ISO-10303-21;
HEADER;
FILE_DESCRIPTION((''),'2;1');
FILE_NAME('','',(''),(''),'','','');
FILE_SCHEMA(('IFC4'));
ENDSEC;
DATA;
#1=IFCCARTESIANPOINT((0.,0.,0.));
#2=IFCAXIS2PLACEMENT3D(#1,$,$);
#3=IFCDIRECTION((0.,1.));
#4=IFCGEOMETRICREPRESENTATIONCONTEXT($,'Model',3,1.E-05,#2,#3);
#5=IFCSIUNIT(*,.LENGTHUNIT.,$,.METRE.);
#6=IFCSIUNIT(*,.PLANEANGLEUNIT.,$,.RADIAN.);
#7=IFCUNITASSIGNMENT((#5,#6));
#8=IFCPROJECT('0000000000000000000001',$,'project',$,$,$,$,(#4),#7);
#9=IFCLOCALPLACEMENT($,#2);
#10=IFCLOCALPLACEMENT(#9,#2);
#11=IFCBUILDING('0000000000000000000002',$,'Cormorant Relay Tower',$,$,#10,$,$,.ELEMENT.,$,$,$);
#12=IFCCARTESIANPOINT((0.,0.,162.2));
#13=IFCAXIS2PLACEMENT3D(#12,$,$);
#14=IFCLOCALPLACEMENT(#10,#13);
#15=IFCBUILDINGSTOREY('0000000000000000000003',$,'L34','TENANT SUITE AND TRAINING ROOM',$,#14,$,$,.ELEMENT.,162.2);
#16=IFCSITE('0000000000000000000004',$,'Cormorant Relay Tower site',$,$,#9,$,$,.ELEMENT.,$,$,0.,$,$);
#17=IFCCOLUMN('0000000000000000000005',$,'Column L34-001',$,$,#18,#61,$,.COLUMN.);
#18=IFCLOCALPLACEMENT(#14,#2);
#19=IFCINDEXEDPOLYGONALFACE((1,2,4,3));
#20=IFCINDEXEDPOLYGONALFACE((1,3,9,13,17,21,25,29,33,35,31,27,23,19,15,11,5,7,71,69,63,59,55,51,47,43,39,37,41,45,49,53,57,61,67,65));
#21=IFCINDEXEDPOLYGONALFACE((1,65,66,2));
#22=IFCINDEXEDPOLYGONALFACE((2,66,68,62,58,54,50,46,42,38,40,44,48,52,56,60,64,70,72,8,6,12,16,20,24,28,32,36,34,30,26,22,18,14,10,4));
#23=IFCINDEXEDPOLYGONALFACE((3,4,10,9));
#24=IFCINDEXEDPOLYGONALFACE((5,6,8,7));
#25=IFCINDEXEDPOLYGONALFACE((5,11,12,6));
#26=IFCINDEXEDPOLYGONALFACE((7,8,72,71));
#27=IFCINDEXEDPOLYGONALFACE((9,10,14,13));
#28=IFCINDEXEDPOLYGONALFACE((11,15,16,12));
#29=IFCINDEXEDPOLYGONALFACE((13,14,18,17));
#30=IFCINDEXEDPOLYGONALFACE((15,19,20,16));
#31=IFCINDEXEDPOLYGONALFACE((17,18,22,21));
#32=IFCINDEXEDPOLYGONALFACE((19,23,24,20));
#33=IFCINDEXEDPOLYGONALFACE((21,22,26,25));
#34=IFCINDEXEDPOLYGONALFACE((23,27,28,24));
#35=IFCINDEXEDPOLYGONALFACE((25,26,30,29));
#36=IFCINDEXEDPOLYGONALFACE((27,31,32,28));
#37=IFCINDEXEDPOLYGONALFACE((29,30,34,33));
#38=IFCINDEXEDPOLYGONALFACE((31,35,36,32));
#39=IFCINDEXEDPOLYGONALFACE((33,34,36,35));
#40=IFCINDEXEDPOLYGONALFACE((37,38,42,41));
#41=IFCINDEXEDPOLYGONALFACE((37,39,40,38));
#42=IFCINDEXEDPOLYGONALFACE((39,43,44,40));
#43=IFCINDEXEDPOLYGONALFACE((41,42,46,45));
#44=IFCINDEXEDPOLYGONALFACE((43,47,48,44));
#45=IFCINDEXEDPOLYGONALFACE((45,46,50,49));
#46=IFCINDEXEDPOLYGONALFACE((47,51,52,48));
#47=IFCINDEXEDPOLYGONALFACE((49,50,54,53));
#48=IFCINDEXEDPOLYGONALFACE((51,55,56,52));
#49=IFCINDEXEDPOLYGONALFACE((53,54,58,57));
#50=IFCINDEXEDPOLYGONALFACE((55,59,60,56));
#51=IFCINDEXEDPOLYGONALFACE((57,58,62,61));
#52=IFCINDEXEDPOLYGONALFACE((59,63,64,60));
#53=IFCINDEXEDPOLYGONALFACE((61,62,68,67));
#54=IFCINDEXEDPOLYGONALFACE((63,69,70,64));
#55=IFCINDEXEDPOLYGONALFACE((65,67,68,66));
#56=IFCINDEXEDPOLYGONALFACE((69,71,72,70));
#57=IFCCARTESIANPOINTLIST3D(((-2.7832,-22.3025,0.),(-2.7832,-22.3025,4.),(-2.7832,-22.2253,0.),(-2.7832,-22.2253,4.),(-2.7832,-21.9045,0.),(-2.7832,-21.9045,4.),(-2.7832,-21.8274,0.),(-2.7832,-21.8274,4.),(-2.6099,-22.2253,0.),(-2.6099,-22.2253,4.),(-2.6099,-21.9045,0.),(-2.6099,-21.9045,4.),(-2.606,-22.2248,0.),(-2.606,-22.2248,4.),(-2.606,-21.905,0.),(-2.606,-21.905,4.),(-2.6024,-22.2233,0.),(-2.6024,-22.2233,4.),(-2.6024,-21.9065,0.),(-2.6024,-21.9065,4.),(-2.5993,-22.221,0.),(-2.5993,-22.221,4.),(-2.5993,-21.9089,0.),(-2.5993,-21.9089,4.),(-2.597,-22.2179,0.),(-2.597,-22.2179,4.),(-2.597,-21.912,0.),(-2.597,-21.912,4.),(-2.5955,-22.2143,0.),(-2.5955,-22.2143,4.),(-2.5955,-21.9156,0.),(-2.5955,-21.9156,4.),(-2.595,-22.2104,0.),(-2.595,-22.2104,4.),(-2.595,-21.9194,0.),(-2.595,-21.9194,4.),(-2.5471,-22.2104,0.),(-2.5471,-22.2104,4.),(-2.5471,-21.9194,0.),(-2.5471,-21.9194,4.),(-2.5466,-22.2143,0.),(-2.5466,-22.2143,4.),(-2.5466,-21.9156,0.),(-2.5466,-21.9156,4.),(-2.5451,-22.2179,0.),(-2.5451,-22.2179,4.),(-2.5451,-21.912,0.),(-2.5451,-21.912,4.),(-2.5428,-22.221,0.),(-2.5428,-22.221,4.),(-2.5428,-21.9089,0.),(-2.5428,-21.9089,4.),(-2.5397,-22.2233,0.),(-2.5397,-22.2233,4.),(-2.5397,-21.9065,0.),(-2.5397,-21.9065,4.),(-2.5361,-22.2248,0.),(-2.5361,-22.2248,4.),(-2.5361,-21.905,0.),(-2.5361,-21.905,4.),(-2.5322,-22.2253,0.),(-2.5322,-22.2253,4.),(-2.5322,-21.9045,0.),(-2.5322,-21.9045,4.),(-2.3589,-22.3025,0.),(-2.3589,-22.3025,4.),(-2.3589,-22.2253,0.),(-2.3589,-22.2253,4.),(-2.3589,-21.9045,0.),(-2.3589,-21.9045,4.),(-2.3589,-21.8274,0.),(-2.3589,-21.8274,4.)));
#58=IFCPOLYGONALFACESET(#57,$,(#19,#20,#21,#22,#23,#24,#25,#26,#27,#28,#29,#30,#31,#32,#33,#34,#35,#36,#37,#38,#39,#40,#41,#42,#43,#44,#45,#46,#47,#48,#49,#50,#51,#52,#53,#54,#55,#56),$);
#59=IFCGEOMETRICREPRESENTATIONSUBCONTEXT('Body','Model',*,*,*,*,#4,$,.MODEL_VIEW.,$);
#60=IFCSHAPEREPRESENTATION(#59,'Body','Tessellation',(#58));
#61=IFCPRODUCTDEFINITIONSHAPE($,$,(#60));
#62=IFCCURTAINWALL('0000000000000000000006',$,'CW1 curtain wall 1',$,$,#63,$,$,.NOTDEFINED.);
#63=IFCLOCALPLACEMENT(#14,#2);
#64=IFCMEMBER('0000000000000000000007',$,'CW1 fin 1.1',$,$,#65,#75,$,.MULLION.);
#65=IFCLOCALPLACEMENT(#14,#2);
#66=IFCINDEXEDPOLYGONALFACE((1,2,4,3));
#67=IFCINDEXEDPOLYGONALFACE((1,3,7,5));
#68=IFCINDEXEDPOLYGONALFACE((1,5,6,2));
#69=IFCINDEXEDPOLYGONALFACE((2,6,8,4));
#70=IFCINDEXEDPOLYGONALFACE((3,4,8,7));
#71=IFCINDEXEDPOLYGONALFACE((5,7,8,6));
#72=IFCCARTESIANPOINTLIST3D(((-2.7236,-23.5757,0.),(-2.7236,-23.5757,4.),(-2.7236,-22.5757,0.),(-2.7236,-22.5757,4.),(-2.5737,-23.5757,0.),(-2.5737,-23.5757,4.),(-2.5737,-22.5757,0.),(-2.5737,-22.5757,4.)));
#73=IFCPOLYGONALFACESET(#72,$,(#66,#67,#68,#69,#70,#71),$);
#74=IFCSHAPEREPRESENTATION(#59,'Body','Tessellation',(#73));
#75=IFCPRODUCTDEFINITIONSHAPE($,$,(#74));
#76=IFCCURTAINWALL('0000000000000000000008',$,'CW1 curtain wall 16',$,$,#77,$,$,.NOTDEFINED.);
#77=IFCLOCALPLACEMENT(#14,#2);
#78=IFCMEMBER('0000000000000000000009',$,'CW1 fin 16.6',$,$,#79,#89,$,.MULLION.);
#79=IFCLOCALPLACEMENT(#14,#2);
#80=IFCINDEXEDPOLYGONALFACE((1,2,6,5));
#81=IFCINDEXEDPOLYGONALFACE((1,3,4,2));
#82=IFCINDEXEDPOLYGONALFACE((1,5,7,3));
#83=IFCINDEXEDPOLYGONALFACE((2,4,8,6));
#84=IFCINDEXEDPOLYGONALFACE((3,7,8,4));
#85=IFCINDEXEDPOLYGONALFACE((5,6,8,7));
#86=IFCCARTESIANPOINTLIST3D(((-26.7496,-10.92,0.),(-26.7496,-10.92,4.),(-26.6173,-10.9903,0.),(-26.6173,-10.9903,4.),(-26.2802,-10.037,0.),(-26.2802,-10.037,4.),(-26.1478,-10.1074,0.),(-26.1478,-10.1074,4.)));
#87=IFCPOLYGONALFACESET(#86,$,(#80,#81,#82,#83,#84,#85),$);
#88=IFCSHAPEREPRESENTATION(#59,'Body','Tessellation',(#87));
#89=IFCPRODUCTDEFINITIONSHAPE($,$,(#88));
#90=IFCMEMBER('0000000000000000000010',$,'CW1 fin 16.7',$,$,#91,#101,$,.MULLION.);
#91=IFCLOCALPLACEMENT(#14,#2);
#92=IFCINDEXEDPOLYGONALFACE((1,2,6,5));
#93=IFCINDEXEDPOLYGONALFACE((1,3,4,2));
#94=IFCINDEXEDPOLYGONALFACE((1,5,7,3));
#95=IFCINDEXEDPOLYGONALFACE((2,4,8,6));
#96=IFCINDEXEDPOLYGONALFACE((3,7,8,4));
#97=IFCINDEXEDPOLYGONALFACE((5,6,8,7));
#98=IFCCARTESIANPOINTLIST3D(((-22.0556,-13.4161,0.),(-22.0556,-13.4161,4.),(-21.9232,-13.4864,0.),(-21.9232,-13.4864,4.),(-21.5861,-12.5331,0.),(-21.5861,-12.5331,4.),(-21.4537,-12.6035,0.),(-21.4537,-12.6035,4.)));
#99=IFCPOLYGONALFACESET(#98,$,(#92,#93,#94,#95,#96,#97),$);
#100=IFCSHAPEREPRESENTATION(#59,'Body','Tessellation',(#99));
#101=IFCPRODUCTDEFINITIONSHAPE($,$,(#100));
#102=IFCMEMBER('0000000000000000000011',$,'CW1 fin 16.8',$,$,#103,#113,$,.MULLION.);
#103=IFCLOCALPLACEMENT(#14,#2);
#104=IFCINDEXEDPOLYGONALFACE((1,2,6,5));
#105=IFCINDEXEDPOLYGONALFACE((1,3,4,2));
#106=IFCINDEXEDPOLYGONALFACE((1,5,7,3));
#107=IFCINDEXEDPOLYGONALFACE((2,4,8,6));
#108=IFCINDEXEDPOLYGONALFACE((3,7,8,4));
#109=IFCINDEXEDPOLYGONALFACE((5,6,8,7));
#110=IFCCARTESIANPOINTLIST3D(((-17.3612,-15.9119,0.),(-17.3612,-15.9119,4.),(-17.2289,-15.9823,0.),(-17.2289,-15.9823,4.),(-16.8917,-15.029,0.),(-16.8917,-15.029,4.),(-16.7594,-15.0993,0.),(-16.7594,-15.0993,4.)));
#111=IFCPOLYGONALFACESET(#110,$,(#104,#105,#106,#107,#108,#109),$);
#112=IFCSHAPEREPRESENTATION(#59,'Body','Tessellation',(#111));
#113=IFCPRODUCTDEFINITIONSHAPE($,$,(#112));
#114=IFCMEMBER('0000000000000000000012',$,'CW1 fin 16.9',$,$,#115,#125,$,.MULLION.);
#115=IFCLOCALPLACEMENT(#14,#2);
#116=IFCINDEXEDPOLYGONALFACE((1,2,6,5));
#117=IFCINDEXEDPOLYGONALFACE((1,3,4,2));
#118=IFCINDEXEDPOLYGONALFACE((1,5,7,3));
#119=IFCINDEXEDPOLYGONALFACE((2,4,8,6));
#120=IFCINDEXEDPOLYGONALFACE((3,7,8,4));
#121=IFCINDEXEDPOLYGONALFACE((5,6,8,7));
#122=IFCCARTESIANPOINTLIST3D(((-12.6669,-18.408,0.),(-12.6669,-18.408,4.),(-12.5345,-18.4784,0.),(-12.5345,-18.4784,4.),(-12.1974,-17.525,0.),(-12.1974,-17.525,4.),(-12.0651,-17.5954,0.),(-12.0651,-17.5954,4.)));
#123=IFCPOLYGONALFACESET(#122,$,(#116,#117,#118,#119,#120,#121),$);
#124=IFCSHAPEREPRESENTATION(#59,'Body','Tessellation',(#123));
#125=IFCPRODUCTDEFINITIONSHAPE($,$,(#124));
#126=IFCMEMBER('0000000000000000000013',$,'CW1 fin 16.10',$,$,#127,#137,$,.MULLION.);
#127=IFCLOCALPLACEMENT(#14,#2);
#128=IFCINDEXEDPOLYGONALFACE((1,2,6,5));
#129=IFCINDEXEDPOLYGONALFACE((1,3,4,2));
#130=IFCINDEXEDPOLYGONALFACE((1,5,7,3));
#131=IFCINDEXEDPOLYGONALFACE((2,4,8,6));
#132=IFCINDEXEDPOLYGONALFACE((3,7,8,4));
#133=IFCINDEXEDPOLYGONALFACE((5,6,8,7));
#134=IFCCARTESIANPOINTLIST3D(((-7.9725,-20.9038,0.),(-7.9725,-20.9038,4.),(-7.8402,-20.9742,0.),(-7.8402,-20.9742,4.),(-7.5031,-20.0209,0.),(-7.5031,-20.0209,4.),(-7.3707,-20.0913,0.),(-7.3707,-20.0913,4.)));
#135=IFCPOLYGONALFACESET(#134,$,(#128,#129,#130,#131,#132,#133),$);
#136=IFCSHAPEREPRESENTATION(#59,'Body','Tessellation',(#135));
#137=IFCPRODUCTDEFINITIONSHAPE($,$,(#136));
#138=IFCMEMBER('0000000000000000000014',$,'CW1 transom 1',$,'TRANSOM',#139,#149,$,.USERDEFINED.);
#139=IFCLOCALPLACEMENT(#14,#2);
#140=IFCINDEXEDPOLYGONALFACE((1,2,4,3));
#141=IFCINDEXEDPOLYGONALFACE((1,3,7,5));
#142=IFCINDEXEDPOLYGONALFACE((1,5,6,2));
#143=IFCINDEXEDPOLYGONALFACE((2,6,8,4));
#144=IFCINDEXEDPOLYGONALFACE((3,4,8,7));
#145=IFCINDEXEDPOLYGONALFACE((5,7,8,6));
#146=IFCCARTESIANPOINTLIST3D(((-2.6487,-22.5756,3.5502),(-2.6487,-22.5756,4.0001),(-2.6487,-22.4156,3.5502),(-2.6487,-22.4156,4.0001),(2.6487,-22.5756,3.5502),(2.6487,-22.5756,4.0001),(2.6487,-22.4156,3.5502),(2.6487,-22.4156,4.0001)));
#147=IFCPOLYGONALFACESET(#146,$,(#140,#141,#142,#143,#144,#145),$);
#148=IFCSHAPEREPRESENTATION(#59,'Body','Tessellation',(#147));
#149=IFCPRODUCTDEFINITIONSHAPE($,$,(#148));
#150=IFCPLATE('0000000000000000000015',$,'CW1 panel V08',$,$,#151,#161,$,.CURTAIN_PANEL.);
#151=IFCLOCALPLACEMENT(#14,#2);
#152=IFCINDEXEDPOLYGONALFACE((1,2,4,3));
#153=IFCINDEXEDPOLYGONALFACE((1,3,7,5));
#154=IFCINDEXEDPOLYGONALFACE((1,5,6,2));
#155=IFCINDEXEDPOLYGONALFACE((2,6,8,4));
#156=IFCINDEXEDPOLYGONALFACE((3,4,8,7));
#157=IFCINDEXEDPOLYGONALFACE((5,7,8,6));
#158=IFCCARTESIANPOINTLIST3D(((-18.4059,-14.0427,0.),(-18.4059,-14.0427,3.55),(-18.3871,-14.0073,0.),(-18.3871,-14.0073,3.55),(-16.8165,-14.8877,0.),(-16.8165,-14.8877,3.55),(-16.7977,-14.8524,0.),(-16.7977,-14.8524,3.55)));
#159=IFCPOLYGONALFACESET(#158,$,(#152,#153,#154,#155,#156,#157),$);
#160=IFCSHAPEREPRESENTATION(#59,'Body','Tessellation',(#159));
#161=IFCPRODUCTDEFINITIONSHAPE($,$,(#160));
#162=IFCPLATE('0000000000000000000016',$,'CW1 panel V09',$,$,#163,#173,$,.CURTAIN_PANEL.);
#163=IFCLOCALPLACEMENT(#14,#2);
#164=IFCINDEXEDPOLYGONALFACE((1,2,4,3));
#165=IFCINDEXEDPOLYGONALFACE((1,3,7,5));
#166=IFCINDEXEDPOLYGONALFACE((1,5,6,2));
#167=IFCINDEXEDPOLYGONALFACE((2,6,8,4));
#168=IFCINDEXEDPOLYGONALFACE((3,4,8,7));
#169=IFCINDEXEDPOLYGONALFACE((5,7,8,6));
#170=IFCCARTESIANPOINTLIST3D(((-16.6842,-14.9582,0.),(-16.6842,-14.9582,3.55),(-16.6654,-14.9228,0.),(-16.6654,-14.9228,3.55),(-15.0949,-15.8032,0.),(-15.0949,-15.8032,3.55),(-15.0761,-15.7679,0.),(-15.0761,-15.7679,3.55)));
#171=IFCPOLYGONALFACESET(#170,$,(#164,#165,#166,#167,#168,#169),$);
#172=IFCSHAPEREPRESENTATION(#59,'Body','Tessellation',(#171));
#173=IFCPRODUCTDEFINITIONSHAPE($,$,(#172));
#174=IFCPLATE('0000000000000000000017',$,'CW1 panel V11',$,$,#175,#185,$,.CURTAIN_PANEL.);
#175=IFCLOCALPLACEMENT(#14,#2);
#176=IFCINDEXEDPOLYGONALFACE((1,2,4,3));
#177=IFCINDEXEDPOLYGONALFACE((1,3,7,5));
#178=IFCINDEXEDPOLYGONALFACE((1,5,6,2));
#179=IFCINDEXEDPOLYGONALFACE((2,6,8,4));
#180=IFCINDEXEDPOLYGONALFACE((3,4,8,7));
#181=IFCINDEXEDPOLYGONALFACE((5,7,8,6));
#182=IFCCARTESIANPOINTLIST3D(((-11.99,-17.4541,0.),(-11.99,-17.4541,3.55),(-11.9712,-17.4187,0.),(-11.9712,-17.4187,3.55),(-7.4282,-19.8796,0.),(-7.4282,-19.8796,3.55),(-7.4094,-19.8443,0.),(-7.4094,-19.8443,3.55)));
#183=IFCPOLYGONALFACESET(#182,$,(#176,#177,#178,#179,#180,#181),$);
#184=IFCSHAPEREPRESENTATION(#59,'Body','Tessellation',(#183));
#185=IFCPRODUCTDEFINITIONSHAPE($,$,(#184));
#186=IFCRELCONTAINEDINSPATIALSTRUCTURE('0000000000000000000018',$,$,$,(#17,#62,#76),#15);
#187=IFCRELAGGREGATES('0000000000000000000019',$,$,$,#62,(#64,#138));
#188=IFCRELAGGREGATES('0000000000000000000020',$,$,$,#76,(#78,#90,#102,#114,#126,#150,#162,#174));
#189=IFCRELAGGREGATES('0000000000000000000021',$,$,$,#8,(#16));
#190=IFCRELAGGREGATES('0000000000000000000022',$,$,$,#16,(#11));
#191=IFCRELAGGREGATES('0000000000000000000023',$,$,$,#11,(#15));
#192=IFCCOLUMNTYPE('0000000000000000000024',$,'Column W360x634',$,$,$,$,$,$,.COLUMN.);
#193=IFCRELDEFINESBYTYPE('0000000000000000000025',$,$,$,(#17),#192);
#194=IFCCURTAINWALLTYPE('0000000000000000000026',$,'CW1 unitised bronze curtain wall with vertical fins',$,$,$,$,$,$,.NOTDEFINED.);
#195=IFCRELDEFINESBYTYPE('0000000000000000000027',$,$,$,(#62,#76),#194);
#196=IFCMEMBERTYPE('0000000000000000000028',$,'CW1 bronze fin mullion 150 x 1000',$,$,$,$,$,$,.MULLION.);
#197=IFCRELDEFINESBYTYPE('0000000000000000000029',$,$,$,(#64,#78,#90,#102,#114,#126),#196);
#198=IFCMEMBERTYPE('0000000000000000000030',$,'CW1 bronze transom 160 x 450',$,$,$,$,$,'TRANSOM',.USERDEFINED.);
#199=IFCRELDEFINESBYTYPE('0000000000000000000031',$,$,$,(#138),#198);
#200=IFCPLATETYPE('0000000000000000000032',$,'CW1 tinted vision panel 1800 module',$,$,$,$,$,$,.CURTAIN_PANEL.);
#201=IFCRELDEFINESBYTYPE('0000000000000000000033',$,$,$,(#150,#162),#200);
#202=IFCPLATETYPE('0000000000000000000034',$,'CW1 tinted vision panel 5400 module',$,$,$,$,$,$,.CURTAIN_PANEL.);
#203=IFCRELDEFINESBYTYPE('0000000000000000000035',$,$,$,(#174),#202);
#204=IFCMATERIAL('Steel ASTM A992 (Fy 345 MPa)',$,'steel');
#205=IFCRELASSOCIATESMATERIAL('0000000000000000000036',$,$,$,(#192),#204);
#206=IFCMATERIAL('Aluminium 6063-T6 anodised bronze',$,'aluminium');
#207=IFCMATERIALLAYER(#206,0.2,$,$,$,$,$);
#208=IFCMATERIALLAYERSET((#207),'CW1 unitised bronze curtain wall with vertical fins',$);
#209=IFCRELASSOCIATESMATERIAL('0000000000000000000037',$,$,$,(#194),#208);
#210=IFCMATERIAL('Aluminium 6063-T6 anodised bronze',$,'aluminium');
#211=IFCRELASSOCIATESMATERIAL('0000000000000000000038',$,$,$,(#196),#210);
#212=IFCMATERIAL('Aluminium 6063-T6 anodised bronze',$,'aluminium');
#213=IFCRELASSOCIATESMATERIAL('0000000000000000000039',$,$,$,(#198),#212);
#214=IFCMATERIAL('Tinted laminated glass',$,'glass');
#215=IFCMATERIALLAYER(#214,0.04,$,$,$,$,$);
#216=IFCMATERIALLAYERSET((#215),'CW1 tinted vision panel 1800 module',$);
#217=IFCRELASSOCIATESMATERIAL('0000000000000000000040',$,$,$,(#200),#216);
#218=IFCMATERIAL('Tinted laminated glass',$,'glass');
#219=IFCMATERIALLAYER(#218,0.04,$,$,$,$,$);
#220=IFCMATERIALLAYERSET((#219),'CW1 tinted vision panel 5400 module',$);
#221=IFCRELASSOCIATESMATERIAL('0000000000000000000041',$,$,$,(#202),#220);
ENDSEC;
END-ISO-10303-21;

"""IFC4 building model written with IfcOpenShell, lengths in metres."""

from ifc_helpers import new_model, si_unit, direction, frame, origin, origin_2d, place, context, subcontext, project, spatial, rectangle, i_section, extrude, material, layer, layer_set, material_profile, profile_set, type_object, element, aggregate, save


model = new_model("IFC4")

# Units and contexts
model_context = context("Model", 3, precision=1e-05, world=origin(), true_north=direction((0.0, 1.0)))
body_context = subcontext(model_context, "Body", "Model", "MODEL_VIEW")
ifc_project = project(units=[si_unit("LENGTHUNIT", "METRE"), si_unit("PLANEANGLEUNIT", "RADIAN")], contexts=[model_context])

# Site, building, storey
site_placement = place(None, origin())
site = spatial("IfcSite", under=ifc_project, at=site_placement, Name="Cormorant Relay Tower site", CompositionType="ELEMENT", RefElevation=0.0)
building_placement = place(site_placement, origin())
building = spatial("IfcBuilding", under=site, at=building_placement, Name="Cormorant Relay Tower", CompositionType="ELEMENT")
storey_placement = place(building_placement, frame((0.0, 0.0, 162.2)))
storey = spatial("IfcBuildingStorey", under=building, at=storey_placement, Name="L34", Description="TENANT SUITE AND TRAINING ROOM", CompositionType="ELEMENT", Elevation=162.2)

# Column
ifc_material_1 = material(Name="Steel ASTM A992 (Fy 345 MPa)", Category="steel")
ifc_material_profile_1 = material_profile(ifc_material_1, i_section(OverallWidth=0.4243, OverallDepth=0.4751, WebThickness=0.0479, FlangeThickness=0.0771, FilletRadius=0.0149, at=origin_2d()), Name="W360x634")
ifc_profile_set_1 = profile_set([ifc_material_profile_1], Name="Steel ASTM A992 (Fy 345 MPa)")
column_type_1 = type_object("IfcColumnType", Name="Column W360x634", PredefinedType="COLUMN", material=ifc_profile_set_1)
column_1_placement = place(storey_placement, frame((-2.571, -22.0649, 0.0), z_axis=(0.0, 0.0, 1.0), x_axis=(1.0, 0.0, 0.0)))
element("IfcColumn", 1, at=column_1_placement, inside=storey, type_object=column_type_1, Name="Column L34-001", PredefinedType="COLUMN", context=body_context, shape_type="SweptSolid", body=[
    extrude(i_section(OverallWidth=0.4243, OverallDepth=0.4751, WebThickness=0.0479, FlangeThickness=0.0771, FilletRadius=0.0149, at=origin_2d()), origin(), (0.0, 0.0, 1.0), 4.0),
])

# Curtain wall, member
ifc_material_2 = material(Name="Aluminium 6063-T6 anodised bronze", Category="aluminium")
ifc_layer_1 = layer(ifc_material_2, 0.2)
ifc_layer_set_1 = layer_set([ifc_layer_1], Name="CW1 unitised bronze curtain wall with vertical fins")
curtain_wall_type = type_object("IfcCurtainWallType", Name="CW1 unitised bronze curtain wall with vertical fins", PredefinedType="NOTDEFINED", material=ifc_layer_set_1)
curtain_wall_1_placement = place(storey_placement, origin())
curtain_wall_1 = element("IfcCurtainWall", 2, at=curtain_wall_1_placement, inside=storey, type_object=curtain_wall_type, Name="CW1 curtain wall 1", PredefinedType="NOTDEFINED")
ifc_material_3 = material(Name="Aluminium 6063-T6 anodised bronze", Category="aluminium")
ifc_material_profile_2 = material_profile(ifc_material_3, rectangle(XDim=0.1499, YDim=1.0, at=origin_2d()), Name="AL 150x1000")
ifc_profile_set_2 = profile_set([ifc_material_profile_2], Name="Aluminium 6063-T6 anodised bronze")
member_type_1 = type_object("IfcMemberType", Name="CW1 bronze fin mullion 150 x 1000", PredefinedType="MULLION", material=ifc_profile_set_2)
member_1_placement = place(storey_placement, frame((-2.6487, -23.0757, 0.0), z_axis=(0.0, 0.0, 1.0), x_axis=(1.0, 0.0, 0.0)))
member_1 = element("IfcMember", 3, at=member_1_placement, type_object=member_type_1, Name="CW1 fin 1.1", PredefinedType="MULLION", context=body_context, shape_type="SweptSolid", body=[
    extrude(rectangle(XDim=0.1499, YDim=1.0, at=origin_2d()), origin(), (0.0, 0.0, 1.0), 4.0),
])

# Curtain wall, members
curtain_wall_2_placement = place(storey_placement, origin())
curtain_wall_2 = element("IfcCurtainWall", 4, at=curtain_wall_2_placement, inside=storey, type_object=curtain_wall_type, Name="CW1 curtain wall 16", PredefinedType="NOTDEFINED")
member_2_placement = place(storey_placement, frame((-26.4487, -10.5137, 0.0), z_axis=(0.0, 0.0, 1.0), x_axis=(0.882948, -0.469472, 0.0)))
member_2 = element("IfcMember", 5, at=member_2_placement, type_object=member_type_1, Name="CW1 fin 16.6", PredefinedType="MULLION", context=body_context, shape_type="SweptSolid", body=[
    extrude(rectangle(XDim=0.1499, YDim=1.0, at=origin_2d()), origin(), (0.0, 0.0, 1.0), 4.0),
])
member_3_placement = place(storey_placement, frame((-21.7546, -13.0098, 0.0), z_axis=(0.0, 0.0, 1.0), x_axis=(0.882948, -0.469472, 0.0)))
member_3 = element("IfcMember", 6, at=member_3_placement, type_object=member_type_1, Name="CW1 fin 16.7", PredefinedType="MULLION", context=body_context, shape_type="SweptSolid", body=[
    extrude(rectangle(XDim=0.1499, YDim=1.0, at=origin_2d()), origin(), (0.0, 0.0, 1.0), 4.0),
])
member_4_placement = place(storey_placement, frame((-17.0603, -15.5056, 0.0), z_axis=(0.0, 0.0, 1.0), x_axis=(0.882948, -0.469472, 0.0)))
member_4 = element("IfcMember", 7, at=member_4_placement, type_object=member_type_1, Name="CW1 fin 16.8", PredefinedType="MULLION", context=body_context, shape_type="SweptSolid", body=[
    extrude(rectangle(XDim=0.1499, YDim=1.0, at=origin_2d()), origin(), (0.0, 0.0, 1.0), 4.0),
])
member_5_placement = place(storey_placement, frame((-12.366, -18.0017, 0.0), z_axis=(0.0, 0.0, 1.0), x_axis=(0.882948, -0.469472, 0.0)))
member_5 = element("IfcMember", 8, at=member_5_placement, type_object=member_type_1, Name="CW1 fin 16.9", PredefinedType="MULLION", context=body_context, shape_type="SweptSolid", body=[
    extrude(rectangle(XDim=0.1499, YDim=1.0, at=origin_2d()), origin(), (0.0, 0.0, 1.0), 4.0),
])
member_6_placement = place(storey_placement, frame((-7.6716, -20.4976, 0.0), z_axis=(0.0, 0.0, 1.0), x_axis=(0.882948, -0.469472, 0.0)))
member_6 = element("IfcMember", 9, at=member_6_placement, type_object=member_type_1, Name="CW1 fin 16.10", PredefinedType="MULLION", context=body_context, shape_type="SweptSolid", body=[
    extrude(rectangle(XDim=0.1499, YDim=1.0, at=origin_2d()), origin(), (0.0, 0.0, 1.0), 4.0),
])

# Member
ifc_material_4 = material(Name="Aluminium 6063-T6 anodised bronze", Category="aluminium")
ifc_material_profile_3 = material_profile(ifc_material_4, rectangle(XDim=0.1599, YDim=0.45, at=origin_2d()), Name="AL 160x450")
ifc_profile_set_3 = profile_set([ifc_material_profile_3], Name="Aluminium 6063-T6 anodised bronze")
member_type_2 = type_object("IfcMemberType", Name="CW1 bronze transom 160 x 450", ElementType="TRANSOM", PredefinedType="USERDEFINED", material=ifc_profile_set_3)
member_7_placement = place(storey_placement, frame((-2.6487, -22.4956, 3.7751), z_axis=(1.0, 0.0, 0.0), x_axis=(0.0, 1.0, 0.0)))
member_7 = element("IfcMember", 10, at=member_7_placement, type_object=member_type_2, Name="CW1 transom 1", ObjectType="TRANSOM", PredefinedType="USERDEFINED", context=body_context, shape_type="SweptSolid", body=[
    extrude(rectangle(XDim=0.1599, YDim=0.45, at=origin_2d()), origin(), (0.0, 0.0, 1.0), 5.2974),
])
aggregate(curtain_wall_1, [member_1, member_7])

# Plates
ifc_material_5 = material(Name="Tinted laminated glass", Category="glass")
ifc_layer_2 = layer(ifc_material_5, 0.04)
ifc_layer_set_2 = layer_set([ifc_layer_2], Name="CW1 tinted vision panel 1800 module")
plate_type_1 = type_object("IfcPlateType", Name="CW1 tinted vision panel 1800 module", PredefinedType="CURTAIN_PANEL", material=ifc_layer_set_2)
plate_1_placement = place(storey_placement, frame((-17.6018, -14.4475, 0.0), z_axis=(0.0, 0.0, 1.0), x_axis=(0.882948, -0.469472, 0.0)))
plate_1 = element("IfcPlate", 11, at=plate_1_placement, type_object=plate_type_1, Name="CW1 panel V08", PredefinedType="CURTAIN_PANEL", context=body_context, shape_type="SweptSolid", body=[
    extrude(rectangle(XDim=1.8, YDim=0.04, at=origin_2d()), origin(), (0.0, 0.0, 1.0), 3.55),
])
plate_2_placement = place(storey_placement, frame((-15.8801, -15.363, 0.0), z_axis=(0.0, 0.0, 1.0), x_axis=(0.882948, -0.469472, 0.0)))
plate_2 = element("IfcPlate", 12, at=plate_2_placement, type_object=plate_type_1, Name="CW1 panel V09", PredefinedType="CURTAIN_PANEL", context=body_context, shape_type="SweptSolid", body=[
    extrude(rectangle(XDim=1.8, YDim=0.04, at=origin_2d()), origin(), (0.0, 0.0, 1.0), 3.55),
])
ifc_material_6 = material(Name="Tinted laminated glass", Category="glass")
ifc_layer_3 = layer(ifc_material_6, 0.04)
ifc_layer_set_3 = layer_set([ifc_layer_3], Name="CW1 tinted vision panel 5400 module")
plate_type_2 = type_object("IfcPlateType", Name="CW1 tinted vision panel 5400 module", PredefinedType="CURTAIN_PANEL", material=ifc_layer_set_3)
plate_3_placement = place(storey_placement, frame((-9.6997, -18.6492, 0.0), z_axis=(0.0, 0.0, 1.0), x_axis=(0.882948, -0.469472, 0.0)))
plate_3 = element("IfcPlate", 13, at=plate_3_placement, type_object=plate_type_2, Name="CW1 panel V11", PredefinedType="CURTAIN_PANEL", context=body_context, shape_type="SweptSolid", body=[
    extrude(rectangle(XDim=5.1665, YDim=0.04, at=origin_2d()), origin(), (0.0, 0.0, 1.0), 3.55),
])

aggregate(curtain_wall_2, [member_2, member_3, member_4, member_5, member_6, plate_1, plate_2, plate_3])

save(model, "model.ifc")
